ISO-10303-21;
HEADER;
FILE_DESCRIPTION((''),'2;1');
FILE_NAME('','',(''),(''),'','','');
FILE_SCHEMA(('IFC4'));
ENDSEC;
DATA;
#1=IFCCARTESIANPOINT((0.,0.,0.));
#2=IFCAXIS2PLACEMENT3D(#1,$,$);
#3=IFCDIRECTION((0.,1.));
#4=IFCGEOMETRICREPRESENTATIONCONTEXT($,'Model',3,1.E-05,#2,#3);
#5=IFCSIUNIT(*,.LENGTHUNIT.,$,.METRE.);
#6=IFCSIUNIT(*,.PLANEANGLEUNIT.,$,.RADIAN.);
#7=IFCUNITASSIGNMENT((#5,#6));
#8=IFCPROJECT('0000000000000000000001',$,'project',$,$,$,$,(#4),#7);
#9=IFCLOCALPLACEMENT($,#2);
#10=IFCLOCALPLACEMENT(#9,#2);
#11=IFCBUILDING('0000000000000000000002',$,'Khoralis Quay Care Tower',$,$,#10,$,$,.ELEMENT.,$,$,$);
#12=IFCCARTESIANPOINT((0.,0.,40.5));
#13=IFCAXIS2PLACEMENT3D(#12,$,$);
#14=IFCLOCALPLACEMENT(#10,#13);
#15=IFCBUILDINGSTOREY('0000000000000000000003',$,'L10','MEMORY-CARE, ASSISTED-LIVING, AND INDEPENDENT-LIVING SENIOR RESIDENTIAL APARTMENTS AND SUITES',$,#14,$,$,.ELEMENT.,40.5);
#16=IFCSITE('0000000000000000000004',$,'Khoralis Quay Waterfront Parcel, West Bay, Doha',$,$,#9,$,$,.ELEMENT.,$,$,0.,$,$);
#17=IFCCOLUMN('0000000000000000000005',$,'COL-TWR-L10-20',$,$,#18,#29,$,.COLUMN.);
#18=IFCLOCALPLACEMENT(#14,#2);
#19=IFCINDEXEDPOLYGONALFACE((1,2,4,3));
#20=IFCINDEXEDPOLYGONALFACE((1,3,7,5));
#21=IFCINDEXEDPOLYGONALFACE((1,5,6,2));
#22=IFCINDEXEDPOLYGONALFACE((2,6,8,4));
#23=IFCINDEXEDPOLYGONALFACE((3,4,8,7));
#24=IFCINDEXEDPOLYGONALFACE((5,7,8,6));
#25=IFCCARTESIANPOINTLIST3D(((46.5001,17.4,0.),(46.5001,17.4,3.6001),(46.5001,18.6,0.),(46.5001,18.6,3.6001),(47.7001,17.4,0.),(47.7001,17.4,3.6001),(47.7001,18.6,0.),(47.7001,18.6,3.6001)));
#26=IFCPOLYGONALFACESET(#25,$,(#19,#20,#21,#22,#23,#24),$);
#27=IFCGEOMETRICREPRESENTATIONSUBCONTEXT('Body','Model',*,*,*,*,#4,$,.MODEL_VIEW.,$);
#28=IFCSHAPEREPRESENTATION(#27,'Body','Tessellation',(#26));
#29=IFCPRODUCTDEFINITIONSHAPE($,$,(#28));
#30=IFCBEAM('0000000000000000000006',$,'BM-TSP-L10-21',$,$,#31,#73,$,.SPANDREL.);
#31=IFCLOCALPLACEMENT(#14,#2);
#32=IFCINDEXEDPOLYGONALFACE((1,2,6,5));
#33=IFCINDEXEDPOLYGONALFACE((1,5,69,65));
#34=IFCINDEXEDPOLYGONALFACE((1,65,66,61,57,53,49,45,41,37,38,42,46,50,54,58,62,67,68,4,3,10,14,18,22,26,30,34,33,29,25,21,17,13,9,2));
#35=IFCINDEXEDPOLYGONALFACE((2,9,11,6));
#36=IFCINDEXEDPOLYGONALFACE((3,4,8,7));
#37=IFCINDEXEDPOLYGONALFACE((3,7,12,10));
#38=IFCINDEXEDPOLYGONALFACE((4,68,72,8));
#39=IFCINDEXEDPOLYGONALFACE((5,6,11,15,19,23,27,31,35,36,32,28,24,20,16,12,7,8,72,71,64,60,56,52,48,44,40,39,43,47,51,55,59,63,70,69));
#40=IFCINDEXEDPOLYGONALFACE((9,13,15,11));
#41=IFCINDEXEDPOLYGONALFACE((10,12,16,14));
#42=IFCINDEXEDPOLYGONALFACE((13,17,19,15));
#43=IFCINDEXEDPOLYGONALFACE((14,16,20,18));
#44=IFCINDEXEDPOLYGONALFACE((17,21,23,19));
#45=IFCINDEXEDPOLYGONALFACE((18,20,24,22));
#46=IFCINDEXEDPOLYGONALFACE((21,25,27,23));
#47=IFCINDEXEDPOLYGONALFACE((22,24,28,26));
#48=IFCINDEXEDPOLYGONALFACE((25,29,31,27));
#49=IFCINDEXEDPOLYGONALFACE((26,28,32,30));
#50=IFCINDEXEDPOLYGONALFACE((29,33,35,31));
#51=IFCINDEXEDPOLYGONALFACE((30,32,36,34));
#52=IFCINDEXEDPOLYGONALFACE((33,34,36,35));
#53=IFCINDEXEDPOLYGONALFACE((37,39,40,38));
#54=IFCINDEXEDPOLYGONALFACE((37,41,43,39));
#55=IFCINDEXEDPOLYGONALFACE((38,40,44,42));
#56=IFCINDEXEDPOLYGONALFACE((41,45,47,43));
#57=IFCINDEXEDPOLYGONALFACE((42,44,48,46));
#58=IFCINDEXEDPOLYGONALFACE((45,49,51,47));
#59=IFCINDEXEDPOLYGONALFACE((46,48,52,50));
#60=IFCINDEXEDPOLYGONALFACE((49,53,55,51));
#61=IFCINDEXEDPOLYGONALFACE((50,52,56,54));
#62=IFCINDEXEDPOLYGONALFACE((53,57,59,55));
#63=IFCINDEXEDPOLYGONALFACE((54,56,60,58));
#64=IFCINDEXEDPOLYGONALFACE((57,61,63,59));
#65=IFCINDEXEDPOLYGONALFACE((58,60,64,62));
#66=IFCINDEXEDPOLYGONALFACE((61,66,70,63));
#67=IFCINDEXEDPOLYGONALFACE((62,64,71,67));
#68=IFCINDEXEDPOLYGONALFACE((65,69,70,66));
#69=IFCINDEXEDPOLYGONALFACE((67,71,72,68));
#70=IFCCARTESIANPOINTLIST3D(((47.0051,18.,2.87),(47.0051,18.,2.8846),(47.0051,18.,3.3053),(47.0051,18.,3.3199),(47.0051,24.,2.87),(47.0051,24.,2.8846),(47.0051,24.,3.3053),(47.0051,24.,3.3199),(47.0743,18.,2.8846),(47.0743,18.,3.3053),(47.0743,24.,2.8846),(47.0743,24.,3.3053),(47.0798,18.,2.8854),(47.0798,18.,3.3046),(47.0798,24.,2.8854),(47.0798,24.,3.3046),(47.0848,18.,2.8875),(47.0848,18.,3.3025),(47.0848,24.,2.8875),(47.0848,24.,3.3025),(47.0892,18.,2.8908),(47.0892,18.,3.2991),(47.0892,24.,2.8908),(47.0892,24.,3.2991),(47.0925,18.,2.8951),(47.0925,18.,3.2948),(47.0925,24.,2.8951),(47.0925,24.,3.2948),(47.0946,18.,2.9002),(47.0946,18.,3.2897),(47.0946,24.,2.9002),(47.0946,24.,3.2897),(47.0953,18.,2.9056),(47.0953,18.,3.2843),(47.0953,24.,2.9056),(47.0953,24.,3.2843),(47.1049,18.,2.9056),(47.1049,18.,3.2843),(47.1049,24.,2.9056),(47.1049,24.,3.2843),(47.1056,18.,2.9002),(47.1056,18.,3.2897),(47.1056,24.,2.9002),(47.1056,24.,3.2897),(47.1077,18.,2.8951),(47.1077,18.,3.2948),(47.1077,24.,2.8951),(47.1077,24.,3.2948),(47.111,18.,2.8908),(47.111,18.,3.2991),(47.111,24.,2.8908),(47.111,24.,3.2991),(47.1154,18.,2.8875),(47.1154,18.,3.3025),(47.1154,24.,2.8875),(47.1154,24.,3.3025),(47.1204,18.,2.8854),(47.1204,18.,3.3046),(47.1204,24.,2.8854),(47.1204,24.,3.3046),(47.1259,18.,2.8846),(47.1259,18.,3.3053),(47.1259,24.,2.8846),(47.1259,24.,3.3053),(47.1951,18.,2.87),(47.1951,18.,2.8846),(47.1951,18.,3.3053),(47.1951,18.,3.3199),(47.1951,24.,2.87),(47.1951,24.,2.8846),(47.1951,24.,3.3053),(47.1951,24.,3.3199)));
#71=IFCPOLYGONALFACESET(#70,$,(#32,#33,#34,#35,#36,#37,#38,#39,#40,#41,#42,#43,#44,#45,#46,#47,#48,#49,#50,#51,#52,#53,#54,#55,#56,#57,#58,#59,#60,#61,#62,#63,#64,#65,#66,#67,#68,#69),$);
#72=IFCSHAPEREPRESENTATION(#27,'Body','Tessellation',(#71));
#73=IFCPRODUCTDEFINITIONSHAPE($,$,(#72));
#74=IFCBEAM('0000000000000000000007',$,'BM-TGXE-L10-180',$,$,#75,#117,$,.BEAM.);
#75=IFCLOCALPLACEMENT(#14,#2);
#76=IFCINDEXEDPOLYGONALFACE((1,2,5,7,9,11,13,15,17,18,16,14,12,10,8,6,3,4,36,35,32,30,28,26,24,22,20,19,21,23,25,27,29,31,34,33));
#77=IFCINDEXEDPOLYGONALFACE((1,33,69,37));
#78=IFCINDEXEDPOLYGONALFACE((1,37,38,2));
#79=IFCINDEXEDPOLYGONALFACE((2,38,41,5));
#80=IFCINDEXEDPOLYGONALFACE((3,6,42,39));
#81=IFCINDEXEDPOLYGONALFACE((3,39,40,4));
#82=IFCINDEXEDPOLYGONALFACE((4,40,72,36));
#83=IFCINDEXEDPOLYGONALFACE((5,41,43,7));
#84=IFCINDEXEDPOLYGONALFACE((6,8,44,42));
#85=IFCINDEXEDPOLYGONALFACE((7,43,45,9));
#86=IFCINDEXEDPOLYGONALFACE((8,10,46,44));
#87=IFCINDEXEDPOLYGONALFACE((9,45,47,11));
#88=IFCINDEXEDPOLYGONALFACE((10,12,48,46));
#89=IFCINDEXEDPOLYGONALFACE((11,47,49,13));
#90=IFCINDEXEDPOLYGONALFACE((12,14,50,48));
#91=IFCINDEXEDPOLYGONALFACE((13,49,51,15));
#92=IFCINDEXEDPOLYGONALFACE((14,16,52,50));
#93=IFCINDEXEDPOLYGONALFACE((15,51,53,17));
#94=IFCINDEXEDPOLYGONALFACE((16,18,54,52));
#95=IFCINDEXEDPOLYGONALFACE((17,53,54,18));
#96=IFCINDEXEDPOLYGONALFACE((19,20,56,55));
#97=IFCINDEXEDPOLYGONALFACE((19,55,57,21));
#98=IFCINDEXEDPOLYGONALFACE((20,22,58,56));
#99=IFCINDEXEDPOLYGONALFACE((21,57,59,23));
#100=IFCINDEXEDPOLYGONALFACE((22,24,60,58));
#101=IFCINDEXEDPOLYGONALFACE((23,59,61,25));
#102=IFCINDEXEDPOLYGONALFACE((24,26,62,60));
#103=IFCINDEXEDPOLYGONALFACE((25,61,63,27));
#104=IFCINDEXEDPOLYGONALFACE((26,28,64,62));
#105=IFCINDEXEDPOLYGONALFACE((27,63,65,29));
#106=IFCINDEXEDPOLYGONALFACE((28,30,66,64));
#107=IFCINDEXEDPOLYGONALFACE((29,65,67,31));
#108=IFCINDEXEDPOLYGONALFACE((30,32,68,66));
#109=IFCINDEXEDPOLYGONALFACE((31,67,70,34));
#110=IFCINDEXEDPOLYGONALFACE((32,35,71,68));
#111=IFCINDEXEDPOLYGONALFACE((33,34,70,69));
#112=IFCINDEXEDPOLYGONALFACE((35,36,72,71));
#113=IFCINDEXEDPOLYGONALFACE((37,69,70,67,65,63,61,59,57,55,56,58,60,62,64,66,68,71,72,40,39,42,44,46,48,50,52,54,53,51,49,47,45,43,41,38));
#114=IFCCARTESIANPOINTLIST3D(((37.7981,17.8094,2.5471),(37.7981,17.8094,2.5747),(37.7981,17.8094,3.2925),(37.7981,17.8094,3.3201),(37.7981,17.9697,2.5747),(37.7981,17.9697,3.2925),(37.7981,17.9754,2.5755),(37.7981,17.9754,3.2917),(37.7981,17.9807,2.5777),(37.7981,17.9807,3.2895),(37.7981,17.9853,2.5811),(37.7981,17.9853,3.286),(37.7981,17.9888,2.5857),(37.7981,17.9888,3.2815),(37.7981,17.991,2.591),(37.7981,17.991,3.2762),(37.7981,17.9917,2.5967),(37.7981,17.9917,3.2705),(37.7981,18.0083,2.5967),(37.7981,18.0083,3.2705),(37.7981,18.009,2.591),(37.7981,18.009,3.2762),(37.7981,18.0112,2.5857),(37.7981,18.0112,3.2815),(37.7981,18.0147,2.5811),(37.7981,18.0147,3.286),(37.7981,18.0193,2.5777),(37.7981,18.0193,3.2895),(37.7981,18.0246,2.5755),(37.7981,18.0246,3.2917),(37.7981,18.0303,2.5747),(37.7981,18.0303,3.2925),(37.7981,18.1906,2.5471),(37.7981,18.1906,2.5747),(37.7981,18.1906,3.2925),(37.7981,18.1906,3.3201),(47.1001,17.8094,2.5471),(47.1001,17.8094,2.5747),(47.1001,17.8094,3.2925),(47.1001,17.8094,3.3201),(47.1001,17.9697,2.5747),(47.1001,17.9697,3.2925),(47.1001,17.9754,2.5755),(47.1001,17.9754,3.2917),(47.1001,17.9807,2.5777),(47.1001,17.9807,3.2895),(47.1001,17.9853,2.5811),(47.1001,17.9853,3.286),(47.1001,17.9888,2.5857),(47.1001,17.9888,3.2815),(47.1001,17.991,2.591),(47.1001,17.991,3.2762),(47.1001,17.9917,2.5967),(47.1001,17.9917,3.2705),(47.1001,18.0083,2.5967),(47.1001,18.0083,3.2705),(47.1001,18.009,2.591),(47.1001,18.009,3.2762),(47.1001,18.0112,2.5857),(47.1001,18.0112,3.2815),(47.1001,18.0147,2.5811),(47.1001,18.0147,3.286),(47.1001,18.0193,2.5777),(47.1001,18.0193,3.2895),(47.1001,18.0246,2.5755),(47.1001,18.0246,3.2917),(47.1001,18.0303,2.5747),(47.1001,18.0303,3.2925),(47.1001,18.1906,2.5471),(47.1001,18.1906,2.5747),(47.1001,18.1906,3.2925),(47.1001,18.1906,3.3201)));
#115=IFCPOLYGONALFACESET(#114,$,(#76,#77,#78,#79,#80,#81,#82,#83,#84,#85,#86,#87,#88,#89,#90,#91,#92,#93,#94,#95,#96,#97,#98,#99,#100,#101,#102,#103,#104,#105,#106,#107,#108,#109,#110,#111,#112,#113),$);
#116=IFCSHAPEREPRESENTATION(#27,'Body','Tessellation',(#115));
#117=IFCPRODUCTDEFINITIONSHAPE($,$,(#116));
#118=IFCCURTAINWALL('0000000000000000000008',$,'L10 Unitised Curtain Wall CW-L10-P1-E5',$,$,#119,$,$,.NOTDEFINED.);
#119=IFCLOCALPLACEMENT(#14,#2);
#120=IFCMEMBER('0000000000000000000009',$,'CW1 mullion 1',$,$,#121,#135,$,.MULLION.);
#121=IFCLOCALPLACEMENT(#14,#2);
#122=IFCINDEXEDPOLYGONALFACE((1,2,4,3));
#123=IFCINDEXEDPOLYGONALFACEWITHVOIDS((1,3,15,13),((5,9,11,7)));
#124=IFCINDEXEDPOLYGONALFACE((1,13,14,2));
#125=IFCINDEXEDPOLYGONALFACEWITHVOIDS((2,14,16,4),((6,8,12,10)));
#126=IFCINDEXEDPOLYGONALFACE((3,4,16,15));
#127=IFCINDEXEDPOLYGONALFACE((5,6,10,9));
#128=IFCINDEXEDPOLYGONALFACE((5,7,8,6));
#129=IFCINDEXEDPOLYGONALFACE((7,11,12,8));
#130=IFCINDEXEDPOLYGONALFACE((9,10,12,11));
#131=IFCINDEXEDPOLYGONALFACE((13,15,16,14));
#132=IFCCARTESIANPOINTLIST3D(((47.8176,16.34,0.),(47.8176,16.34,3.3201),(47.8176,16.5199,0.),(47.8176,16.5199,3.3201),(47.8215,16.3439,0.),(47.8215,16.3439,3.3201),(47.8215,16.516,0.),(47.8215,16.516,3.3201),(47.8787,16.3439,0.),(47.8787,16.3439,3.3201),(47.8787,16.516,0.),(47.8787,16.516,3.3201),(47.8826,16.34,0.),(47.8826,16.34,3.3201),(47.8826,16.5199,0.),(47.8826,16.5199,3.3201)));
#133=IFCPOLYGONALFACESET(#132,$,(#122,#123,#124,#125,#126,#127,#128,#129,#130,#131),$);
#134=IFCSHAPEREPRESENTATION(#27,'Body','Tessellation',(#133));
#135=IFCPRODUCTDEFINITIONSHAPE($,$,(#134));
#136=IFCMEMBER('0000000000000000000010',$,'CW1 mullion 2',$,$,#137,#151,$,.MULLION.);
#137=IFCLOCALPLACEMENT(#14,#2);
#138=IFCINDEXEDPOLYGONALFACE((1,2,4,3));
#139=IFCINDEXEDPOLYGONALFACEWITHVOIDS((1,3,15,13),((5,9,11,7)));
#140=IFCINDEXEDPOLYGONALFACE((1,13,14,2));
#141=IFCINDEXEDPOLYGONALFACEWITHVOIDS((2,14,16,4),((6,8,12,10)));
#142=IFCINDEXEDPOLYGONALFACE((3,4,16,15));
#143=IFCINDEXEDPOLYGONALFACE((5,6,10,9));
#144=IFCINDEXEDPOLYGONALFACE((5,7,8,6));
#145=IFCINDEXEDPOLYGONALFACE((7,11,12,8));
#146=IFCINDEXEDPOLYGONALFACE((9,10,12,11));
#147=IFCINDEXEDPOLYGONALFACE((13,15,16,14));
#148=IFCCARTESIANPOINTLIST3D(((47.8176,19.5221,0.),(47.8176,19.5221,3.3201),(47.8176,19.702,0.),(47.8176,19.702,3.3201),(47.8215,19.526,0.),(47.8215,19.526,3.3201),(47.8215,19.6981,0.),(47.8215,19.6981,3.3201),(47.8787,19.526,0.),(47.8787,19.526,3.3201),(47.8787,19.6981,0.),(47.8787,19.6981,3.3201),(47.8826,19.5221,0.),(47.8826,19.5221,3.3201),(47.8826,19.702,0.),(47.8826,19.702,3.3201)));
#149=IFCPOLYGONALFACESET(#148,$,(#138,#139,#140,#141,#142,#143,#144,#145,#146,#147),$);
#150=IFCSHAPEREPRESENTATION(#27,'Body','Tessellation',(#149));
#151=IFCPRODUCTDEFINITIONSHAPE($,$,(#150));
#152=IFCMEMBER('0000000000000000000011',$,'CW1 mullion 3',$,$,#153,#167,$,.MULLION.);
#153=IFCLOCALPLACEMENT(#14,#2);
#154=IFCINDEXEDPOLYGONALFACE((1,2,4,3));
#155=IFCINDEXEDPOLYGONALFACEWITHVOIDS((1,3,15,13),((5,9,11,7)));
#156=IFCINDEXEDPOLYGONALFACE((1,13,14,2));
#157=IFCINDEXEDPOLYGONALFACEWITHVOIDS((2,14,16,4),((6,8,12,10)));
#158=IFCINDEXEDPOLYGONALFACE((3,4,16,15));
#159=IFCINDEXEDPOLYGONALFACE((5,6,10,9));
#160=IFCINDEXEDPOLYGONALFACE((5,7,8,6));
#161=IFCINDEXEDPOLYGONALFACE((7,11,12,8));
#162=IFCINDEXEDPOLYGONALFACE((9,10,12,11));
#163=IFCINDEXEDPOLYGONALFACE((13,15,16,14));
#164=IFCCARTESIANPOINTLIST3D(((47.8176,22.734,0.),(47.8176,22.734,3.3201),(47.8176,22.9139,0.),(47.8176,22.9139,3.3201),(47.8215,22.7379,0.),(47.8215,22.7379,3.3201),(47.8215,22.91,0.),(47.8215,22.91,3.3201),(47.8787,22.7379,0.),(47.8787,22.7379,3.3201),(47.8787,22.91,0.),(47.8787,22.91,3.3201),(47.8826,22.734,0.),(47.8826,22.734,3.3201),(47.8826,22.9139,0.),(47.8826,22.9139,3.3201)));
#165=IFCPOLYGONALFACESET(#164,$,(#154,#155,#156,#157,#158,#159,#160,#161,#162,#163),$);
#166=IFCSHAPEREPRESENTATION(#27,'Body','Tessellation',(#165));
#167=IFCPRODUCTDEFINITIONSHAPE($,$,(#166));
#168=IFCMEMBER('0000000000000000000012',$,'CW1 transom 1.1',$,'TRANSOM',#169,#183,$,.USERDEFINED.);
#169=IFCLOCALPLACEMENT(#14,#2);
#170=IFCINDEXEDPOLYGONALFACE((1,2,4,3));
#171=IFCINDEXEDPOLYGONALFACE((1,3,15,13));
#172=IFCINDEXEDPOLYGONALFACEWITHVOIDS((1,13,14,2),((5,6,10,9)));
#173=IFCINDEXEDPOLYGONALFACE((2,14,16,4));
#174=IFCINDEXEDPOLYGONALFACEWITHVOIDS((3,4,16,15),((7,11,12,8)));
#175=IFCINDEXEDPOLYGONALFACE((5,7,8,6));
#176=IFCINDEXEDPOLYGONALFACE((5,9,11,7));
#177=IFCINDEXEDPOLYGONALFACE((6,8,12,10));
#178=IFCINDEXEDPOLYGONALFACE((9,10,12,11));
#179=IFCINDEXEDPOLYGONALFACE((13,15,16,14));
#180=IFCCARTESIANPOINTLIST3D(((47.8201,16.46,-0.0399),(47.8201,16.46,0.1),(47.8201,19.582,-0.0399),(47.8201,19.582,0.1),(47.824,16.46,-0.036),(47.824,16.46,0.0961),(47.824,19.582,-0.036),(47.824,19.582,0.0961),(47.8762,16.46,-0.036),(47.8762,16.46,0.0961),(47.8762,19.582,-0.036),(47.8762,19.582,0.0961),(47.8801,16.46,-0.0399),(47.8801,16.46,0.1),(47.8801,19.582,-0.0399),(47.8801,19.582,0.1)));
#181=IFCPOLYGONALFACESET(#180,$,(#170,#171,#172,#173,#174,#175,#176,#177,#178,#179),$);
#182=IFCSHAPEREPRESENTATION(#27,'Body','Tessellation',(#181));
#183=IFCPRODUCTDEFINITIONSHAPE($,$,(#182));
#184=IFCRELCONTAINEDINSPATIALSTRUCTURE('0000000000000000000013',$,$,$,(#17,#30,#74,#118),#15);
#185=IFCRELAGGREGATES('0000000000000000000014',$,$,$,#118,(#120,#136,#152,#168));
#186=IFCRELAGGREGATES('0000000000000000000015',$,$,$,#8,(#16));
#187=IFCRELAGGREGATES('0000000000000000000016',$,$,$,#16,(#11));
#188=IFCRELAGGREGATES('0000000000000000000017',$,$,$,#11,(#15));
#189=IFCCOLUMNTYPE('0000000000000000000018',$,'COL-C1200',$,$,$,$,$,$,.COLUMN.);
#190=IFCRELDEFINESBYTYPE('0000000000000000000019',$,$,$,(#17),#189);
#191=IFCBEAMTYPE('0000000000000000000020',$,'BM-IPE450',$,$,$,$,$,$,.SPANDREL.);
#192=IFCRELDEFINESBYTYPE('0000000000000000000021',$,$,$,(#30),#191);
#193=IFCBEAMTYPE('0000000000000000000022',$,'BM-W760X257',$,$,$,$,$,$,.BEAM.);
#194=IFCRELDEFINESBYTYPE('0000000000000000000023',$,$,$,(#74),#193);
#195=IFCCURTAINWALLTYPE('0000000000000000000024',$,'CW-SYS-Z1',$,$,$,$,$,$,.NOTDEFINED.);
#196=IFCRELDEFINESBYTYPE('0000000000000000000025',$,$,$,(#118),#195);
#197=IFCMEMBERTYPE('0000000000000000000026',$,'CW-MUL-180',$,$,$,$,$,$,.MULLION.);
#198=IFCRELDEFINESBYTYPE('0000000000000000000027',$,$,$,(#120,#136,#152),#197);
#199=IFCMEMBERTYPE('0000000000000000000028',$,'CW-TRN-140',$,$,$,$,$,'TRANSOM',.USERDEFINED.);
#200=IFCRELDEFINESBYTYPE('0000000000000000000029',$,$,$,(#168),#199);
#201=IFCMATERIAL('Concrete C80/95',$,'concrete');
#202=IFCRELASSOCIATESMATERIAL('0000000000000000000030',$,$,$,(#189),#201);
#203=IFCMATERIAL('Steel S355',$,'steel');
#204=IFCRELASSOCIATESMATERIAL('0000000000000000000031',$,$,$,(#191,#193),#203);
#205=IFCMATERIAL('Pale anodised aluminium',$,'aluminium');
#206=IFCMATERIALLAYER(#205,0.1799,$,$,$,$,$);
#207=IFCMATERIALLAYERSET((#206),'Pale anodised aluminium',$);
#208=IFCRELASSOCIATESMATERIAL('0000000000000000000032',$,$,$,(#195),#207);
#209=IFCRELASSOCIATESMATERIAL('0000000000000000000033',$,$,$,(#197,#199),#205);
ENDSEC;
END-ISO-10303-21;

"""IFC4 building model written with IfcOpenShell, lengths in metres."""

from ifc_helpers import new_model, si_unit, direction, frame, origin, origin_2d, place, context, subcontext, project, spatial, rectangle, hollow_rectangle, i_section, extrude, source, transform, mapped, material, layer, layer_set, material_profile, profile_set, type_object, element, aggregate, save


model = new_model("IFC4")

# Units and contexts
model_context = context("Model", 3, precision=1e-05, world=origin(), true_north=direction((0.0, 1.0)))
body_context = subcontext(model_context, "Body", "Model", "MODEL_VIEW")
ifc_project = project(units=[si_unit("LENGTHUNIT", "METRE"), si_unit("PLANEANGLEUNIT", "RADIAN")], contexts=[model_context])

# Site, building, storey
site_placement = place(None, origin())
site = spatial("IfcSite", under=ifc_project, at=site_placement, Name="Khoralis Quay Waterfront Parcel, West Bay, Doha", CompositionType="ELEMENT", RefElevation=0.0)
building_placement = place(site_placement, origin())
building = spatial("IfcBuilding", under=site, at=building_placement, Name="Khoralis Quay Care Tower", CompositionType="ELEMENT")
storey_placement = place(building_placement, frame((0.0, 0.0, 40.5)))
storey = spatial("IfcBuildingStorey", under=building, at=storey_placement, Name="L10", Description="MEMORY-CARE, ASSISTED-LIVING, AND INDEPENDENT-LIVING SENIOR RESIDENTIAL APARTMENTS AND SUITES", CompositionType="ELEMENT", Elevation=40.5)

# Column
ifc_material_1 = material(Name="Concrete C80/95", Category="concrete")
ifc_material_profile_1 = material_profile(ifc_material_1, rectangle(XDim=1.2, YDim=1.2, at=origin_2d()), Name="Concrete C80/95")
ifc_profile_set_1 = profile_set([ifc_material_profile_1], Name="Concrete C80/95")
column_type = type_object("IfcColumnType", Name="COL-C1200", PredefinedType="COLUMN", material=ifc_profile_set_1)
shared_shape_1 = source(origin(), body_context, "Body", "SweptSolid", [
    extrude(rectangle(XDim=1.2, YDim=1.2, at=origin_2d()), origin(), (0.0, 0.0, 1.0), 3.6001),
])
column_placement = place(storey_placement, frame((47.1001, 18.0, 0.0), z_axis=(0.0, 0.0, 1.0), x_axis=(1.0, 0.0, 0.0)))
element("IfcColumn", 1, at=column_placement, inside=storey, type_object=column_type, Name="COL-TWR-L10-20", PredefinedType="COLUMN", context=body_context, shape_type="MappedRepresentation", body=[
    mapped(shared_shape_1, transform((0.0, 0.0, 0.0), scale=1.0)),
])

# Beams
ifc_material_2 = material(Name="Steel S355", Category="steel")
ifc_material_profile_2 = material_profile(ifc_material_2, i_section(OverallWidth=0.1899, OverallDepth=0.45, WebThickness=0.0095, FlangeThickness=0.0146, FilletRadius=0.021, at=origin_2d()), Name="Steel S355")
ifc_profile_set_2 = profile_set([ifc_material_profile_2], Name="Steel S355")
beam_type_1 = type_object("IfcBeamType", Name="BM-IPE450", PredefinedType="SPANDREL", material=ifc_profile_set_2)
shared_shape_2 = source(origin(), body_context, "Body", "SweptSolid", [
    extrude(i_section(OverallWidth=0.1899, OverallDepth=0.45, WebThickness=0.0095, FlangeThickness=0.0146, FilletRadius=0.021, at=origin_2d()), origin(), (0.0, 0.0, 1.0), 6.0),
])
beam_1_placement = place(storey_placement, frame((47.1001, 18.0, 3.095), z_axis=(0.0, 1.0, 0.0), x_axis=(-1.0, 0.0, 0.0)))
element("IfcBeam", 2, at=beam_1_placement, inside=storey, type_object=beam_type_1, Name="BM-TSP-L10-21", PredefinedType="SPANDREL", context=body_context, shape_type="MappedRepresentation", body=[
    mapped(shared_shape_2, transform((0.0, 0.0, 0.0), scale=1.0)),
])
ifc_material_profile_3 = material_profile(ifc_material_2, i_section(OverallWidth=0.3811, OverallDepth=0.7729, WebThickness=0.0166, FlangeThickness=0.0276, FilletRadius=0.022, at=origin_2d()), Name="Steel S355")
ifc_profile_set_3 = profile_set([ifc_material_profile_3], Name="Steel S355")
beam_type_2 = type_object("IfcBeamType", Name="BM-W760X257", PredefinedType="BEAM", material=ifc_profile_set_3)
shared_shape_3 = source(origin(), body_context, "Body", "SweptSolid", [
    extrude(i_section(OverallWidth=0.3811, OverallDepth=0.7729, WebThickness=0.0166, FlangeThickness=0.0276, FilletRadius=0.022, at=origin_2d()), origin(), (0.0, 0.0, 1.0), 9.302),
])
beam_2_placement = place(storey_placement, frame((37.7981, 18.0, 2.9336), z_axis=(1.0, 0.0, 0.0), x_axis=(0.0, 1.0, 0.0)))
element("IfcBeam", 3, at=beam_2_placement, inside=storey, type_object=beam_type_2, Name="BM-TGXE-L10-180", PredefinedType="BEAM", context=body_context, shape_type="MappedRepresentation", body=[
    mapped(shared_shape_3, transform((0.0, 0.0, 0.0), scale=1.0)),
])

# Curtain wall, members
ifc_material_3 = material(Name="Pale anodised aluminium", Category="aluminium")
ifc_layer_1 = layer(ifc_material_3, 0.1799)
ifc_layer_set_1 = layer_set([ifc_layer_1], Name="Pale anodised aluminium")
curtain_wall_type = type_object("IfcCurtainWallType", Name="CW-SYS-Z1", PredefinedType="NOTDEFINED", material=ifc_layer_set_1)
curtain_wall_placement = place(storey_placement, origin())
curtain_wall = element("IfcCurtainWall", 4, at=curtain_wall_placement, inside=storey, type_object=curtain_wall_type, Name="L10 Unitised Curtain Wall CW-L10-P1-E5", PredefinedType="NOTDEFINED")
ifc_material_profile_4 = material_profile(ifc_material_3, hollow_rectangle(XDim=0.0649, YDim=0.1799, WallThickness=0.0039, at=origin_2d()), Name="Pale anodised aluminium")
ifc_profile_set_4 = profile_set([ifc_material_profile_4], Name="Pale anodised aluminium")
member_type_1 = type_object("IfcMemberType", Name="CW-MUL-180", PredefinedType="MULLION", material=ifc_profile_set_4)
shared_shape_4 = source(origin(), body_context, "Body", "SweptSolid", [
    extrude(hollow_rectangle(XDim=0.0649, YDim=0.1799, WallThickness=0.0039, at=origin_2d()), origin(), (0.0, 0.0, 1.0), 3.3201),
])
member_1_placement = place(storey_placement, frame((47.8501, 16.4299, 0.0), z_axis=(0.0, 0.0, 1.0), x_axis=(-1.0, 0.0, 0.0)))
member_1 = element("IfcMember", 5, at=member_1_placement, type_object=member_type_1, Name="CW1 mullion 1", PredefinedType="MULLION", context=body_context, shape_type="MappedRepresentation", body=[
    mapped(shared_shape_4, transform((0.0, 0.0, 0.0), scale=1.0)),
])
member_2_placement = place(storey_placement, frame((47.8501, 19.6121, 0.0), z_axis=(0.0, 0.0, 1.0), x_axis=(-1.0, 0.0, 0.0)))
member_2 = element("IfcMember", 6, at=member_2_placement, type_object=member_type_1, Name="CW1 mullion 2", PredefinedType="MULLION", context=body_context, shape_type="MappedRepresentation", body=[
    mapped(shared_shape_4, transform((0.0, 0.0, 0.0), scale=1.0)),
])
member_3_placement = place(storey_placement, frame((47.8501, 22.824, 0.0), z_axis=(0.0, 0.0, 1.0), x_axis=(-1.0, 0.0, 0.0)))
member_3 = element("IfcMember", 7, at=member_3_placement, type_object=member_type_1, Name="CW1 mullion 3", PredefinedType="MULLION", context=body_context, shape_type="MappedRepresentation", body=[
    mapped(shared_shape_4, transform((0.0, 0.0, 0.0), scale=1.0)),
])
ifc_material_profile_5 = material_profile(ifc_material_3, hollow_rectangle(XDim=0.0601, YDim=0.1399, WallThickness=0.0039, at=origin_2d()), Name="Pale anodised aluminium")
ifc_profile_set_5 = profile_set([ifc_material_profile_5], Name="Pale anodised aluminium")
member_type_2 = type_object("IfcMemberType", Name="CW-TRN-140", ElementType="TRANSOM", PredefinedType="USERDEFINED", material=ifc_profile_set_5)
shared_shape_5 = source(origin(), body_context, "Body", "SweptSolid", [
    extrude(hollow_rectangle(XDim=0.0601, YDim=0.1399, WallThickness=0.0039, at=origin_2d()), origin(), (0.0, 0.0, 1.0), 3.1221),
])
member_4_placement = place(storey_placement, frame((47.8501, 16.46, 0.03), z_axis=(0.0, 1.0, 0.0), x_axis=(-1.0, 0.0, 0.0)))
member_4 = element("IfcMember", 8, at=member_4_placement, type_object=member_type_2, Name="CW1 transom 1.1", ObjectType="TRANSOM", PredefinedType="USERDEFINED", context=body_context, shape_type="MappedRepresentation", body=[
    mapped(shared_shape_5, transform((0.0, 0.0, 0.0), scale=1.0)),
])
aggregate(curtain_wall, [member_1, member_2, member_3, member_4])

save(model, "model.ifc")
